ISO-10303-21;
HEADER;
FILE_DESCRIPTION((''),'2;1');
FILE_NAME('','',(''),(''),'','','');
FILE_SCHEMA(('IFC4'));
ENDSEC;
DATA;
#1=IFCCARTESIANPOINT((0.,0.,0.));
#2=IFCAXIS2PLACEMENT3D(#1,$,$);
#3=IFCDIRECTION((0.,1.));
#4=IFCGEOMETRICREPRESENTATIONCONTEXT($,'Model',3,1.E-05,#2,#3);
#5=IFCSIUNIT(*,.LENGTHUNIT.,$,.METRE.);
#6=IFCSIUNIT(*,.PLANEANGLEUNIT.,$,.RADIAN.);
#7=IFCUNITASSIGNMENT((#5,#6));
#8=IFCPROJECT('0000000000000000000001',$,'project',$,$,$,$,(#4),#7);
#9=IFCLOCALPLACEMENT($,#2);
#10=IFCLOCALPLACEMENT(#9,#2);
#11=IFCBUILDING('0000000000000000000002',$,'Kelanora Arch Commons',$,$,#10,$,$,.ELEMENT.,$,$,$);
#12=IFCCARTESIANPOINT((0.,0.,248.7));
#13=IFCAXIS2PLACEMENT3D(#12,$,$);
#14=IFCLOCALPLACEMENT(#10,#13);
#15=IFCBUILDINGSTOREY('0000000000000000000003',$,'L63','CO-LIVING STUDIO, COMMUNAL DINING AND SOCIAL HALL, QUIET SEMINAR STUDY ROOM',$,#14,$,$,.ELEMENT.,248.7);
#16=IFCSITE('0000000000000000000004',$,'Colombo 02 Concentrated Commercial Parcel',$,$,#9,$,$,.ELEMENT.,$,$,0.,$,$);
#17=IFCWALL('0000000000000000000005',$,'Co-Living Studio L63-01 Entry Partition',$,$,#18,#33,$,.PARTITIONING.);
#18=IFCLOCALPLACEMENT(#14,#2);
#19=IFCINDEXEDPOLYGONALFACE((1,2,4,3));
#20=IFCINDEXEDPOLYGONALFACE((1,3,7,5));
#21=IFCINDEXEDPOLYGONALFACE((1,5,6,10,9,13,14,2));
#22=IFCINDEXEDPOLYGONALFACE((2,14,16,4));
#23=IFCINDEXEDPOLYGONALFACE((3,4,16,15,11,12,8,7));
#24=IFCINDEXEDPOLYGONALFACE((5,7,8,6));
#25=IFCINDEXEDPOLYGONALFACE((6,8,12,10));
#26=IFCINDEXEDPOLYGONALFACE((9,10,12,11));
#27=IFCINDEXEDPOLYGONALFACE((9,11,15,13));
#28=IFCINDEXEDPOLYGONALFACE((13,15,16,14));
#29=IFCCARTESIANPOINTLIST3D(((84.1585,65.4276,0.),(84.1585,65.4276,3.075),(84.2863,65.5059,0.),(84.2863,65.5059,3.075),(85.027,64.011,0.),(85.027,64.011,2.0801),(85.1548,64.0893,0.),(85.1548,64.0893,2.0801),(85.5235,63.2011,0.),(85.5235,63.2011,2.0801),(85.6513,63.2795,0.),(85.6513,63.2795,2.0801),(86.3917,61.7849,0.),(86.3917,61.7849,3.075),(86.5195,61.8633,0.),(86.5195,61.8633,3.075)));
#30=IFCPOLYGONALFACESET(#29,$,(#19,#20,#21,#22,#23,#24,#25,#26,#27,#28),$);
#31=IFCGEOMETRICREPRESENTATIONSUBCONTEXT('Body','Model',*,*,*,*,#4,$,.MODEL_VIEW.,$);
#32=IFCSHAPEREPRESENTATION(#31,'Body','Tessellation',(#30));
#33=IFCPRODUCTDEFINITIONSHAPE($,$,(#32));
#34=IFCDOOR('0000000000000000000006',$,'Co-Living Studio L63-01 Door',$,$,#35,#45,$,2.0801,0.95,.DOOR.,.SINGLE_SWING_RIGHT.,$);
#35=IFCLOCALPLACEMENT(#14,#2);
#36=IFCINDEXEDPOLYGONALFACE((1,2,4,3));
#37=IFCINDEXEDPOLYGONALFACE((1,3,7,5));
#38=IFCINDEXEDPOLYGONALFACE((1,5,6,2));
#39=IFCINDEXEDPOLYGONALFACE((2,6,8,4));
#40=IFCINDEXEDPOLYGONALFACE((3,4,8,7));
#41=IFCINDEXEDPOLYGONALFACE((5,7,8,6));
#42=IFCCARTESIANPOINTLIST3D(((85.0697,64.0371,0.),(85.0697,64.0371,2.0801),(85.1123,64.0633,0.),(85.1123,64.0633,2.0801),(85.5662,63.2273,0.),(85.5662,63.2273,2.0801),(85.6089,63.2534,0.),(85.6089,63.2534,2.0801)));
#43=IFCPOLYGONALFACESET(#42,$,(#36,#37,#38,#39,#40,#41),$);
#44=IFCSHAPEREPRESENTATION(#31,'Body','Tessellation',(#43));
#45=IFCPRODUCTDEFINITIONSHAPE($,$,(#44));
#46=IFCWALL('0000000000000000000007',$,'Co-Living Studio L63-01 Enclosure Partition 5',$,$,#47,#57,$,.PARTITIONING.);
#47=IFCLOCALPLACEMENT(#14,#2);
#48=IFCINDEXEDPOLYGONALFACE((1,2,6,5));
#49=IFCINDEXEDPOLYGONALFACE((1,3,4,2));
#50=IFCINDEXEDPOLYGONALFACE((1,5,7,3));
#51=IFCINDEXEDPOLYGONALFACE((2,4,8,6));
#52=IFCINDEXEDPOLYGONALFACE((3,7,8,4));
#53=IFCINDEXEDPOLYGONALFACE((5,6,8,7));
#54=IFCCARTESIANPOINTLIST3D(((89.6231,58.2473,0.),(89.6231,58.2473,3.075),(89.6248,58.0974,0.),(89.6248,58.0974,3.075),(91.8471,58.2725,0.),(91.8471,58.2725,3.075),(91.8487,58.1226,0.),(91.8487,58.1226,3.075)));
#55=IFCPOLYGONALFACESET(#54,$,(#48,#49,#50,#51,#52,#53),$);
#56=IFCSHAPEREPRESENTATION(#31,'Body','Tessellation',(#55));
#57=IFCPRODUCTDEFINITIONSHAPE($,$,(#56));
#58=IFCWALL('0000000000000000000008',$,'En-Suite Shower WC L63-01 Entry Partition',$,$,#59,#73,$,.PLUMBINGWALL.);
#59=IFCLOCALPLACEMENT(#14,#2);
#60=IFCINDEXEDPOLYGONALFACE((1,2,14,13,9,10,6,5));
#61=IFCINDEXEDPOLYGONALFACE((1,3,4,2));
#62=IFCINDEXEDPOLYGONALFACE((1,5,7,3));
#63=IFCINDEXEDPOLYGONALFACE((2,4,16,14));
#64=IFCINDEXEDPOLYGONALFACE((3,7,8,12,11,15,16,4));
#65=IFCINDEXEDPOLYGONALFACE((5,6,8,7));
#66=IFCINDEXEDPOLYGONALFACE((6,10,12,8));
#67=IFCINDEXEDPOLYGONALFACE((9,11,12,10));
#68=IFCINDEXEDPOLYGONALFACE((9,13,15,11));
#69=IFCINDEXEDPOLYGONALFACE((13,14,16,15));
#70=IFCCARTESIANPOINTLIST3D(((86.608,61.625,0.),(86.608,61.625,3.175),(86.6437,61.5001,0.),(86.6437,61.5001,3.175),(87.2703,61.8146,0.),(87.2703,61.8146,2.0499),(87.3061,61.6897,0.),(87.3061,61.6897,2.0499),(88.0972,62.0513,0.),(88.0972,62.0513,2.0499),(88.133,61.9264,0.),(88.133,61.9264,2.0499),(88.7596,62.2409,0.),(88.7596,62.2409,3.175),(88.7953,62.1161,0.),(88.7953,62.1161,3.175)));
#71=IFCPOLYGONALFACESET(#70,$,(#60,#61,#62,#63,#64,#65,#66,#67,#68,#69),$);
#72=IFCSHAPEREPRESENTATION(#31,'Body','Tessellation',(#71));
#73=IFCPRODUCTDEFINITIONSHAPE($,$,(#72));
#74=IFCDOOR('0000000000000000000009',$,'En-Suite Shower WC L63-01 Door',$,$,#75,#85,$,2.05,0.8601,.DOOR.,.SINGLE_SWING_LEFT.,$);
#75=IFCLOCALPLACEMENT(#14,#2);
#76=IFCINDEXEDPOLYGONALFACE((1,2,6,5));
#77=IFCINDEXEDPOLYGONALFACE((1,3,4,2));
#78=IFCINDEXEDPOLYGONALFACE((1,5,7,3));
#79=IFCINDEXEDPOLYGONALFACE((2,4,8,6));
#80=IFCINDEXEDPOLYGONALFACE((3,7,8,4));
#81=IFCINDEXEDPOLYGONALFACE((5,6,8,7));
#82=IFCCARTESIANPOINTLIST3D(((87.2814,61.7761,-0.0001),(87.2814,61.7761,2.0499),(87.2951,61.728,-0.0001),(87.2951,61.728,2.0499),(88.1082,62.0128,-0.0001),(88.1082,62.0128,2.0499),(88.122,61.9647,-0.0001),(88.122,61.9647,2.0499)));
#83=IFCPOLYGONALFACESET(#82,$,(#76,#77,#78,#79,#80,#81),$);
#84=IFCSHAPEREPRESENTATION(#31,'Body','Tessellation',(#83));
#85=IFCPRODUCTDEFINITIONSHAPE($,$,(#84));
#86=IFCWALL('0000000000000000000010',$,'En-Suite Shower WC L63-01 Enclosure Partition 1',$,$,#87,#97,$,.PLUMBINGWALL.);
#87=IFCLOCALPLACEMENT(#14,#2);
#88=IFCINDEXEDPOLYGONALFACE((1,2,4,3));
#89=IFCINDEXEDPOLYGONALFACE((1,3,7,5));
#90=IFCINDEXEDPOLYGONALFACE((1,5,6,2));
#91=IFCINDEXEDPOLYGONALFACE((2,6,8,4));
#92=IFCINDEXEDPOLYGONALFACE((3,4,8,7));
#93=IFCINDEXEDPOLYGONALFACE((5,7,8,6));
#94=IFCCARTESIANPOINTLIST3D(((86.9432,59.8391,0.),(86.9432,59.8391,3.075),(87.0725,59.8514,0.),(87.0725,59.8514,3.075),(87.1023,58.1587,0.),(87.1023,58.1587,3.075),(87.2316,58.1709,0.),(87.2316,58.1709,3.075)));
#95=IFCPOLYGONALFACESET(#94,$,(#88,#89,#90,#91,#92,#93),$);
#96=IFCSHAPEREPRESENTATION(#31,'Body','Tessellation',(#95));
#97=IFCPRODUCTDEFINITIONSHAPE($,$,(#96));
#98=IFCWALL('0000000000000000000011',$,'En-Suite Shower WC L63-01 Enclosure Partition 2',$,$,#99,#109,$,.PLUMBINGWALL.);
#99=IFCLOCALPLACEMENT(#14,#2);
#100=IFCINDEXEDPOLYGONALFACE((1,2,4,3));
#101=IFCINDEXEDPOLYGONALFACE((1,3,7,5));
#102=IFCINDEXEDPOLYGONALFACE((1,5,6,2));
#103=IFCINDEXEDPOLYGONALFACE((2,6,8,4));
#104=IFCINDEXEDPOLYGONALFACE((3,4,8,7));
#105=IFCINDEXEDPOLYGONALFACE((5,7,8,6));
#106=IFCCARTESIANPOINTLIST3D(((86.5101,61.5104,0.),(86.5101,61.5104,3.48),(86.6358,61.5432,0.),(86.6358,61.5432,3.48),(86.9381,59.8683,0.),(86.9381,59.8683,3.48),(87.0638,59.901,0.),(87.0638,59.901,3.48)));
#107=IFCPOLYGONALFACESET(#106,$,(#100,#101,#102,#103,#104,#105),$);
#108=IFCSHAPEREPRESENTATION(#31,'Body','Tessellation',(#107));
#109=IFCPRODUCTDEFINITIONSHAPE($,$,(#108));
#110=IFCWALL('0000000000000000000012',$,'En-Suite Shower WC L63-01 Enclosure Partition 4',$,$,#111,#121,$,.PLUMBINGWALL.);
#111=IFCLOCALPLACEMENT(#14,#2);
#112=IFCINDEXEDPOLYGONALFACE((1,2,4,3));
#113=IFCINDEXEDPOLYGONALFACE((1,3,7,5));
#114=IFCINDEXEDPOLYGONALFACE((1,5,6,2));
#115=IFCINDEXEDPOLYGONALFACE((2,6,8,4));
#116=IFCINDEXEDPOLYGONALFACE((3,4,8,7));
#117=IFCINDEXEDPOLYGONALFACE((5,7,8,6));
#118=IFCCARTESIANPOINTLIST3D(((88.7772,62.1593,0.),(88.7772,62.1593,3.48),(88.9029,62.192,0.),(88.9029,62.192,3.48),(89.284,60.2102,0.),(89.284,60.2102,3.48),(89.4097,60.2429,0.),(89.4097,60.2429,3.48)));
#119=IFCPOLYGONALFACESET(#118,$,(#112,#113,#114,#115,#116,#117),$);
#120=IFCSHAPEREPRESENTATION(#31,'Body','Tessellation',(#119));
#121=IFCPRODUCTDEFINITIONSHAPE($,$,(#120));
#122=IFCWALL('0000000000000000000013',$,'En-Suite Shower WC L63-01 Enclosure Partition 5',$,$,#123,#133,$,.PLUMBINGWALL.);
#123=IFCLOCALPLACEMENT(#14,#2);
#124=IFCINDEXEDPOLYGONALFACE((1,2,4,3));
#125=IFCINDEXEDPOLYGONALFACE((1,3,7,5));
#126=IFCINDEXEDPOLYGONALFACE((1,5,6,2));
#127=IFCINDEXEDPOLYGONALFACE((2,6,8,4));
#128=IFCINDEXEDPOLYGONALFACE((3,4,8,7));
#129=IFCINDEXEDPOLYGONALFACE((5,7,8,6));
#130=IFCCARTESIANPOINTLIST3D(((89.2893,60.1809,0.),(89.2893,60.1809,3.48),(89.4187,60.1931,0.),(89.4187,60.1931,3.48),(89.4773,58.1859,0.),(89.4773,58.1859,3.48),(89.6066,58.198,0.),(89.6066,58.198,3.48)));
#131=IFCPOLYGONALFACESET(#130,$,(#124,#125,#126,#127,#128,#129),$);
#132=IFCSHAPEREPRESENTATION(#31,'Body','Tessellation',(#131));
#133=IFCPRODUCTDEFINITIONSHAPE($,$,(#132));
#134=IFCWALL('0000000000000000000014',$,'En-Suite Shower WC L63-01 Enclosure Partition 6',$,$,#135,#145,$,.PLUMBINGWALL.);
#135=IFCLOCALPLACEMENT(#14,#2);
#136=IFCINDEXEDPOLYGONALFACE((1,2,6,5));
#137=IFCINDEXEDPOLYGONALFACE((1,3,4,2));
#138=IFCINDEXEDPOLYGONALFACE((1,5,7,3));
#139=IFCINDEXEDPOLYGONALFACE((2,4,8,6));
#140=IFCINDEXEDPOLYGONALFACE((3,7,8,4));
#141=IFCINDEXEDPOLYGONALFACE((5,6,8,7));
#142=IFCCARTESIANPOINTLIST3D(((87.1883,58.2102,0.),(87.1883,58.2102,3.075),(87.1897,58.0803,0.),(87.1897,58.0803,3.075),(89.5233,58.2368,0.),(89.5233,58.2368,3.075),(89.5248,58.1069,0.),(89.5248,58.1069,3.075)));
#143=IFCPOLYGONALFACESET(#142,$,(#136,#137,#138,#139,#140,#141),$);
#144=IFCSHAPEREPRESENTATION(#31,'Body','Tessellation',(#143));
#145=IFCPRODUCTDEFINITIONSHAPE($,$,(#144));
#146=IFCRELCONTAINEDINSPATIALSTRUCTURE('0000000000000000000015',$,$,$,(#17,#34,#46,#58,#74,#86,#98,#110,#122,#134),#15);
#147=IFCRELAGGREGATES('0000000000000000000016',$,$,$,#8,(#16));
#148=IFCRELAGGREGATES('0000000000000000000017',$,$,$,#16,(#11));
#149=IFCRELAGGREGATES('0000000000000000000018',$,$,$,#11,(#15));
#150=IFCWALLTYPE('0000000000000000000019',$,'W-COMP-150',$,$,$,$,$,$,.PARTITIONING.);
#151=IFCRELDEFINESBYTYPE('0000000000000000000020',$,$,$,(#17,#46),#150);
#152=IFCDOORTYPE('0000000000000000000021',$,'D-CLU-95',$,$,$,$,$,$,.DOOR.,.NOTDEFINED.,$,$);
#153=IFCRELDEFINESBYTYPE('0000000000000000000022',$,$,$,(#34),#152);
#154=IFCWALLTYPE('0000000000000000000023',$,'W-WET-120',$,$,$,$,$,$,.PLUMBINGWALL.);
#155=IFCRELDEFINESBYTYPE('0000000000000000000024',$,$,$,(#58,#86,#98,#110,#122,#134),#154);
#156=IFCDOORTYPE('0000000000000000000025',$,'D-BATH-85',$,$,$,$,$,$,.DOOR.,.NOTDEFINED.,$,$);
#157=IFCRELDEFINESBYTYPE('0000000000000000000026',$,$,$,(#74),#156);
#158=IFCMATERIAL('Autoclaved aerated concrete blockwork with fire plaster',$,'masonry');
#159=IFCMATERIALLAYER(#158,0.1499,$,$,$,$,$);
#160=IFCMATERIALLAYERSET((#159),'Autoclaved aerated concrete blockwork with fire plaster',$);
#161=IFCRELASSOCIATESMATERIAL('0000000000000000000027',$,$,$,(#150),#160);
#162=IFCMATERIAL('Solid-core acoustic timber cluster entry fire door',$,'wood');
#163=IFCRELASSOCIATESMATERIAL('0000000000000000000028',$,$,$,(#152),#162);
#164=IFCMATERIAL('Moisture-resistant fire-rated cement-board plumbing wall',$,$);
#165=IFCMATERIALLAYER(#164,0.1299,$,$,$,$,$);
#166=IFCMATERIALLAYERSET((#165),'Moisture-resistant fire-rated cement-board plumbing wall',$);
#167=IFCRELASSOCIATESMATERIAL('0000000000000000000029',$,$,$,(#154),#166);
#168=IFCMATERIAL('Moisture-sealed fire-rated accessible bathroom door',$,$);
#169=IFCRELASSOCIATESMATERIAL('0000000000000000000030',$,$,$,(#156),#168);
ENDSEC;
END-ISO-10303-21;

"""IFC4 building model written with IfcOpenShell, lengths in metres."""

from ifc_helpers import new_model, si_unit, direction, frame, frame_2d, origin, place, context, subcontext, project, spatial, rectangle, extrude, material, layer, layer_set, type_object, element, fill, save


model = new_model("IFC4")

# Units and contexts
model_context = context("Model", 3, precision=1e-05, world=origin(), true_north=direction((0.0, 1.0)))
body_context = subcontext(model_context, "Body", "Model", "MODEL_VIEW")
ifc_project = project(units=[si_unit("LENGTHUNIT", "METRE"), si_unit("PLANEANGLEUNIT", "RADIAN")], contexts=[model_context])

# Site, building, storey
site_placement = place(None, origin())
site = spatial("IfcSite", under=ifc_project, at=site_placement, Name="Colombo 02 Concentrated Commercial Parcel", CompositionType="ELEMENT", RefElevation=0.0)
building_placement = place(site_placement, origin())
building = spatial("IfcBuilding", under=site, at=building_placement, Name="Kelanora Arch Commons", CompositionType="ELEMENT")
storey_placement = place(building_placement, frame((0.0, 0.0, 248.7)))
storey = spatial("IfcBuildingStorey", under=building, at=storey_placement, Name="L63", Description="CO-LIVING STUDIO, COMMUNAL DINING AND SOCIAL HALL, QUIET SEMINAR STUDY ROOM", CompositionType="ELEMENT", Elevation=248.7)

# Wall, opening, door
ifc_material_1 = material(Name="Autoclaved aerated concrete blockwork with fire plaster", Category="masonry")
ifc_layer_1 = layer(ifc_material_1, 0.1499)
ifc_layer_set_1 = layer_set([ifc_layer_1], Name="Autoclaved aerated concrete blockwork with fire plaster")
wall_type_1 = type_object("IfcWallType", Name="W-COMP-150", PredefinedType="PARTITIONING", material=ifc_layer_set_1)
wall_1_placement = place(storey_placement, frame((86.4556, 61.8242, 0.0), z_axis=(0.0, 0.0, 1.0), x_axis=(-0.522665, 0.852538, 0.0)))
wall_1 = element("IfcWall", 1, at=wall_1_placement, inside=storey, type_object=wall_type_1, Name="Co-Living Studio L63-01 Entry Partition", PredefinedType="PARTITIONING", context=body_context, shape_type="SweptSolid", body=[
    extrude(rectangle(XDim=4.2727, YDim=0.1499, at=frame_2d((2.1362, 0.0))), origin(), (0.0, 0.0, 1.0), 3.075),
])
opening_1_placement = place(wall_1_placement, frame((1.6609, 0.0, 0.0)))
opening_1 = element("IfcOpeningElement", 2, at=opening_1_placement, cuts=wall_1, PredefinedType="OPENING", context=body_context, shape_type="SweptSolid", body=[
    extrude(rectangle(XDim=0.95, YDim=2.0801, at=frame_2d((0.4751, 1.04))), frame((0.0, 0.085, 0.0), z_axis=(0.0, -1.0, 0.0), x_axis=(1.0, 0.0, 0.0)), (0.0, 0.0, 1.0), 0.1699),
])
ifc_material_2 = material(Name="Solid-core acoustic timber cluster entry fire door", Category="wood")
door_type_1 = type_object("IfcDoorType", Name="D-CLU-95", OperationType="NOTDEFINED", PredefinedType="DOOR", material=ifc_material_2)
door_1_placement = place(opening_1_placement, origin())
door_1 = element("IfcDoor", 3, at=door_1_placement, inside=storey, type_object=door_type_1, Name="Co-Living Studio L63-01 Door", OperationType="SINGLE_SWING_RIGHT", OverallHeight=2.0801, OverallWidth=0.95, PredefinedType="DOOR", context=body_context, shape_type="SweptSolid", body=[
    extrude(rectangle(XDim=0.95, YDim=2.0801, at=frame_2d((0.4751, 1.04))), frame((0.0, 0.0249, 0.0), z_axis=(0.0, -1.0, 0.0), x_axis=(1.0, 0.0, 0.0)), (0.0, 0.0, 1.0), 0.05),
])
fill(opening_1, door_1)

# Wall
wall_2_placement = place(storey_placement, frame((91.8479, 58.1975, 0.0), z_axis=(0.0, 0.0, 1.0), x_axis=(-0.999936, -0.011307, 0.0)))
element("IfcWall", 4, at=wall_2_placement, inside=storey, type_object=wall_type_1, Name="Co-Living Studio L63-01 Enclosure Partition 5", PredefinedType="PARTITIONING", context=body_context, shape_type="SweptSolid", body=[
    extrude(rectangle(XDim=2.2241, YDim=0.1499, at=frame_2d((1.1121, 0.0))), origin(), (0.0, 0.0, 1.0), 3.075),
])

# Wall, opening, door
ifc_material_3 = material(Name="Moisture-resistant fire-rated cement-board plumbing wall")
ifc_layer_2 = layer(ifc_material_3, 0.1299)
ifc_layer_set_2 = layer_set([ifc_layer_2], Name="Moisture-resistant fire-rated cement-board plumbing wall")
wall_type_2 = type_object("IfcWallType", Name="W-WET-120", PredefinedType="PLUMBINGWALL", material=ifc_layer_set_2)
wall_3_placement = place(storey_placement, frame((86.6257, 61.5625, 0.0), z_axis=(0.0, 0.0, 1.0), x_axis=(0.96138, 0.275225, 0.0)))
wall_3 = element("IfcWall", 5, at=wall_3_placement, inside=storey, type_object=wall_type_2, Name="En-Suite Shower WC L63-01 Entry Partition", PredefinedType="PLUMBINGWALL", context=body_context, shape_type="SweptSolid", body=[
    extrude(rectangle(XDim=2.238, YDim=0.1299, at=frame_2d((1.1191, 0.0))), origin(), (0.0, 0.0, 1.0), 3.175),
])
opening_2_placement = place(wall_3_placement, frame((0.689, 0.0, 0.0)))
opening_2 = element("IfcOpeningElement", 6, at=opening_2_placement, cuts=wall_3, PredefinedType="OPENING", context=body_context, shape_type="SweptSolid", body=[
    extrude(rectangle(XDim=0.8601, YDim=2.05, at=frame_2d((0.4302, 1.0249))), frame((0.0, 0.075, 0.0), z_axis=(0.0, -1.0, 0.0), x_axis=(1.0, 0.0, 0.0)), (0.0, 0.0, 1.0), 0.1499),
])
ifc_material_4 = material(Name="Moisture-sealed fire-rated accessible bathroom door")
door_type_2 = type_object("IfcDoorType", Name="D-BATH-85", OperationType="NOTDEFINED", PredefinedType="DOOR", material=ifc_material_4)
door_2_placement = place(opening_2_placement, origin())
door_2 = element("IfcDoor", 7, at=door_2_placement, inside=storey, type_object=door_type_2, Name="En-Suite Shower WC L63-01 Door", OperationType="SINGLE_SWING_LEFT", OverallHeight=2.05, OverallWidth=0.8601, PredefinedType="DOOR", context=body_context, shape_type="SweptSolid", body=[
    extrude(rectangle(XDim=0.8601, YDim=2.05, at=frame_2d((0.4302, 1.0249))), frame((0.0, 0.0249, 0.0), z_axis=(0.0, -1.0, 0.0), x_axis=(1.0, 0.0, 0.0)), (0.0, 0.0, 1.0), 0.05),
])
fill(opening_2, door_2)

# Walls
wall_4_placement = place(storey_placement, frame((87.167, 58.1648, 0.0), z_axis=(0.0, 0.0, 1.0), x_axis=(-0.094304, 0.995543, 0.0)))
element("IfcWall", 8, at=wall_4_placement, inside=storey, type_object=wall_type_2, Name="En-Suite Shower WC L63-01 Enclosure Partition 1", PredefinedType="PLUMBINGWALL", context=body_context, shape_type="SweptSolid", body=[
    extrude(rectangle(XDim=1.688, YDim=0.1299, at=frame_2d((0.844, 0.0))), origin(), (0.0, 0.0, 1.0), 3.075),
])
wall_5_placement = place(storey_placement, frame((87.001, 59.8845, 0.0), z_axis=(0.0, 0.0, 1.0), x_axis=(-0.252205, 0.967674, 0.0)))
element("IfcWall", 9, at=wall_5_placement, inside=storey, type_object=wall_type_2, Name="En-Suite Shower WC L63-01 Enclosure Partition 2", PredefinedType="PLUMBINGWALL", context=body_context, shape_type="SweptSolid", body=[
    extrude(rectangle(XDim=1.697, YDim=0.1299, at=frame_2d((0.8486, 0.0))), origin(), (0.0, 0.0, 1.0), 3.48),
])
wall_6_placement = place(storey_placement, frame((88.8401, 62.1755, 0.0), z_axis=(0.0, 0.0, 1.0), x_axis=(0.251652, -0.967818, 0.0)))
element("IfcWall", 10, at=wall_6_placement, inside=storey, type_object=wall_type_2, Name="En-Suite Shower WC L63-01 Enclosure Partition 4", PredefinedType="PLUMBINGWALL", context=body_context, shape_type="SweptSolid", body=[
    extrude(rectangle(XDim=2.0139, YDim=0.1299, at=frame_2d((1.0068, 0.0))), origin(), (0.0, 0.0, 1.0), 3.48),
])
wall_7_placement = place(storey_placement, frame((89.354, 60.187, 0.0), z_axis=(0.0, 0.0, 1.0), x_axis=(0.093809, -0.99559, 0.0)))
element("IfcWall", 11, at=wall_7_placement, inside=storey, type_object=wall_type_2, Name="En-Suite Shower WC L63-01 Enclosure Partition 5", PredefinedType="PLUMBINGWALL", context=body_context, shape_type="SweptSolid", body=[
    extrude(rectangle(XDim=2.0039, YDim=0.1299, at=frame_2d((1.002, 0.0))), origin(), (0.0, 0.0, 1.0), 3.48),
])
wall_8_placement = place(storey_placement, frame((89.5239, 58.1719, 0.0), z_axis=(0.0, 0.0, 1.0), x_axis=(-0.999935, -0.011396, 0.0)))
element("IfcWall", 12, at=wall_8_placement, inside=storey, type_object=wall_type_2, Name="En-Suite Shower WC L63-01 Enclosure Partition 6", PredefinedType="PLUMBINGWALL", context=body_context, shape_type="SweptSolid", body=[
    extrude(rectangle(XDim=2.3352, YDim=0.1299, at=frame_2d((1.1675, 0.0))), origin(), (0.0, 0.0, 1.0), 3.075),
])

save(model, "model.ifc")
